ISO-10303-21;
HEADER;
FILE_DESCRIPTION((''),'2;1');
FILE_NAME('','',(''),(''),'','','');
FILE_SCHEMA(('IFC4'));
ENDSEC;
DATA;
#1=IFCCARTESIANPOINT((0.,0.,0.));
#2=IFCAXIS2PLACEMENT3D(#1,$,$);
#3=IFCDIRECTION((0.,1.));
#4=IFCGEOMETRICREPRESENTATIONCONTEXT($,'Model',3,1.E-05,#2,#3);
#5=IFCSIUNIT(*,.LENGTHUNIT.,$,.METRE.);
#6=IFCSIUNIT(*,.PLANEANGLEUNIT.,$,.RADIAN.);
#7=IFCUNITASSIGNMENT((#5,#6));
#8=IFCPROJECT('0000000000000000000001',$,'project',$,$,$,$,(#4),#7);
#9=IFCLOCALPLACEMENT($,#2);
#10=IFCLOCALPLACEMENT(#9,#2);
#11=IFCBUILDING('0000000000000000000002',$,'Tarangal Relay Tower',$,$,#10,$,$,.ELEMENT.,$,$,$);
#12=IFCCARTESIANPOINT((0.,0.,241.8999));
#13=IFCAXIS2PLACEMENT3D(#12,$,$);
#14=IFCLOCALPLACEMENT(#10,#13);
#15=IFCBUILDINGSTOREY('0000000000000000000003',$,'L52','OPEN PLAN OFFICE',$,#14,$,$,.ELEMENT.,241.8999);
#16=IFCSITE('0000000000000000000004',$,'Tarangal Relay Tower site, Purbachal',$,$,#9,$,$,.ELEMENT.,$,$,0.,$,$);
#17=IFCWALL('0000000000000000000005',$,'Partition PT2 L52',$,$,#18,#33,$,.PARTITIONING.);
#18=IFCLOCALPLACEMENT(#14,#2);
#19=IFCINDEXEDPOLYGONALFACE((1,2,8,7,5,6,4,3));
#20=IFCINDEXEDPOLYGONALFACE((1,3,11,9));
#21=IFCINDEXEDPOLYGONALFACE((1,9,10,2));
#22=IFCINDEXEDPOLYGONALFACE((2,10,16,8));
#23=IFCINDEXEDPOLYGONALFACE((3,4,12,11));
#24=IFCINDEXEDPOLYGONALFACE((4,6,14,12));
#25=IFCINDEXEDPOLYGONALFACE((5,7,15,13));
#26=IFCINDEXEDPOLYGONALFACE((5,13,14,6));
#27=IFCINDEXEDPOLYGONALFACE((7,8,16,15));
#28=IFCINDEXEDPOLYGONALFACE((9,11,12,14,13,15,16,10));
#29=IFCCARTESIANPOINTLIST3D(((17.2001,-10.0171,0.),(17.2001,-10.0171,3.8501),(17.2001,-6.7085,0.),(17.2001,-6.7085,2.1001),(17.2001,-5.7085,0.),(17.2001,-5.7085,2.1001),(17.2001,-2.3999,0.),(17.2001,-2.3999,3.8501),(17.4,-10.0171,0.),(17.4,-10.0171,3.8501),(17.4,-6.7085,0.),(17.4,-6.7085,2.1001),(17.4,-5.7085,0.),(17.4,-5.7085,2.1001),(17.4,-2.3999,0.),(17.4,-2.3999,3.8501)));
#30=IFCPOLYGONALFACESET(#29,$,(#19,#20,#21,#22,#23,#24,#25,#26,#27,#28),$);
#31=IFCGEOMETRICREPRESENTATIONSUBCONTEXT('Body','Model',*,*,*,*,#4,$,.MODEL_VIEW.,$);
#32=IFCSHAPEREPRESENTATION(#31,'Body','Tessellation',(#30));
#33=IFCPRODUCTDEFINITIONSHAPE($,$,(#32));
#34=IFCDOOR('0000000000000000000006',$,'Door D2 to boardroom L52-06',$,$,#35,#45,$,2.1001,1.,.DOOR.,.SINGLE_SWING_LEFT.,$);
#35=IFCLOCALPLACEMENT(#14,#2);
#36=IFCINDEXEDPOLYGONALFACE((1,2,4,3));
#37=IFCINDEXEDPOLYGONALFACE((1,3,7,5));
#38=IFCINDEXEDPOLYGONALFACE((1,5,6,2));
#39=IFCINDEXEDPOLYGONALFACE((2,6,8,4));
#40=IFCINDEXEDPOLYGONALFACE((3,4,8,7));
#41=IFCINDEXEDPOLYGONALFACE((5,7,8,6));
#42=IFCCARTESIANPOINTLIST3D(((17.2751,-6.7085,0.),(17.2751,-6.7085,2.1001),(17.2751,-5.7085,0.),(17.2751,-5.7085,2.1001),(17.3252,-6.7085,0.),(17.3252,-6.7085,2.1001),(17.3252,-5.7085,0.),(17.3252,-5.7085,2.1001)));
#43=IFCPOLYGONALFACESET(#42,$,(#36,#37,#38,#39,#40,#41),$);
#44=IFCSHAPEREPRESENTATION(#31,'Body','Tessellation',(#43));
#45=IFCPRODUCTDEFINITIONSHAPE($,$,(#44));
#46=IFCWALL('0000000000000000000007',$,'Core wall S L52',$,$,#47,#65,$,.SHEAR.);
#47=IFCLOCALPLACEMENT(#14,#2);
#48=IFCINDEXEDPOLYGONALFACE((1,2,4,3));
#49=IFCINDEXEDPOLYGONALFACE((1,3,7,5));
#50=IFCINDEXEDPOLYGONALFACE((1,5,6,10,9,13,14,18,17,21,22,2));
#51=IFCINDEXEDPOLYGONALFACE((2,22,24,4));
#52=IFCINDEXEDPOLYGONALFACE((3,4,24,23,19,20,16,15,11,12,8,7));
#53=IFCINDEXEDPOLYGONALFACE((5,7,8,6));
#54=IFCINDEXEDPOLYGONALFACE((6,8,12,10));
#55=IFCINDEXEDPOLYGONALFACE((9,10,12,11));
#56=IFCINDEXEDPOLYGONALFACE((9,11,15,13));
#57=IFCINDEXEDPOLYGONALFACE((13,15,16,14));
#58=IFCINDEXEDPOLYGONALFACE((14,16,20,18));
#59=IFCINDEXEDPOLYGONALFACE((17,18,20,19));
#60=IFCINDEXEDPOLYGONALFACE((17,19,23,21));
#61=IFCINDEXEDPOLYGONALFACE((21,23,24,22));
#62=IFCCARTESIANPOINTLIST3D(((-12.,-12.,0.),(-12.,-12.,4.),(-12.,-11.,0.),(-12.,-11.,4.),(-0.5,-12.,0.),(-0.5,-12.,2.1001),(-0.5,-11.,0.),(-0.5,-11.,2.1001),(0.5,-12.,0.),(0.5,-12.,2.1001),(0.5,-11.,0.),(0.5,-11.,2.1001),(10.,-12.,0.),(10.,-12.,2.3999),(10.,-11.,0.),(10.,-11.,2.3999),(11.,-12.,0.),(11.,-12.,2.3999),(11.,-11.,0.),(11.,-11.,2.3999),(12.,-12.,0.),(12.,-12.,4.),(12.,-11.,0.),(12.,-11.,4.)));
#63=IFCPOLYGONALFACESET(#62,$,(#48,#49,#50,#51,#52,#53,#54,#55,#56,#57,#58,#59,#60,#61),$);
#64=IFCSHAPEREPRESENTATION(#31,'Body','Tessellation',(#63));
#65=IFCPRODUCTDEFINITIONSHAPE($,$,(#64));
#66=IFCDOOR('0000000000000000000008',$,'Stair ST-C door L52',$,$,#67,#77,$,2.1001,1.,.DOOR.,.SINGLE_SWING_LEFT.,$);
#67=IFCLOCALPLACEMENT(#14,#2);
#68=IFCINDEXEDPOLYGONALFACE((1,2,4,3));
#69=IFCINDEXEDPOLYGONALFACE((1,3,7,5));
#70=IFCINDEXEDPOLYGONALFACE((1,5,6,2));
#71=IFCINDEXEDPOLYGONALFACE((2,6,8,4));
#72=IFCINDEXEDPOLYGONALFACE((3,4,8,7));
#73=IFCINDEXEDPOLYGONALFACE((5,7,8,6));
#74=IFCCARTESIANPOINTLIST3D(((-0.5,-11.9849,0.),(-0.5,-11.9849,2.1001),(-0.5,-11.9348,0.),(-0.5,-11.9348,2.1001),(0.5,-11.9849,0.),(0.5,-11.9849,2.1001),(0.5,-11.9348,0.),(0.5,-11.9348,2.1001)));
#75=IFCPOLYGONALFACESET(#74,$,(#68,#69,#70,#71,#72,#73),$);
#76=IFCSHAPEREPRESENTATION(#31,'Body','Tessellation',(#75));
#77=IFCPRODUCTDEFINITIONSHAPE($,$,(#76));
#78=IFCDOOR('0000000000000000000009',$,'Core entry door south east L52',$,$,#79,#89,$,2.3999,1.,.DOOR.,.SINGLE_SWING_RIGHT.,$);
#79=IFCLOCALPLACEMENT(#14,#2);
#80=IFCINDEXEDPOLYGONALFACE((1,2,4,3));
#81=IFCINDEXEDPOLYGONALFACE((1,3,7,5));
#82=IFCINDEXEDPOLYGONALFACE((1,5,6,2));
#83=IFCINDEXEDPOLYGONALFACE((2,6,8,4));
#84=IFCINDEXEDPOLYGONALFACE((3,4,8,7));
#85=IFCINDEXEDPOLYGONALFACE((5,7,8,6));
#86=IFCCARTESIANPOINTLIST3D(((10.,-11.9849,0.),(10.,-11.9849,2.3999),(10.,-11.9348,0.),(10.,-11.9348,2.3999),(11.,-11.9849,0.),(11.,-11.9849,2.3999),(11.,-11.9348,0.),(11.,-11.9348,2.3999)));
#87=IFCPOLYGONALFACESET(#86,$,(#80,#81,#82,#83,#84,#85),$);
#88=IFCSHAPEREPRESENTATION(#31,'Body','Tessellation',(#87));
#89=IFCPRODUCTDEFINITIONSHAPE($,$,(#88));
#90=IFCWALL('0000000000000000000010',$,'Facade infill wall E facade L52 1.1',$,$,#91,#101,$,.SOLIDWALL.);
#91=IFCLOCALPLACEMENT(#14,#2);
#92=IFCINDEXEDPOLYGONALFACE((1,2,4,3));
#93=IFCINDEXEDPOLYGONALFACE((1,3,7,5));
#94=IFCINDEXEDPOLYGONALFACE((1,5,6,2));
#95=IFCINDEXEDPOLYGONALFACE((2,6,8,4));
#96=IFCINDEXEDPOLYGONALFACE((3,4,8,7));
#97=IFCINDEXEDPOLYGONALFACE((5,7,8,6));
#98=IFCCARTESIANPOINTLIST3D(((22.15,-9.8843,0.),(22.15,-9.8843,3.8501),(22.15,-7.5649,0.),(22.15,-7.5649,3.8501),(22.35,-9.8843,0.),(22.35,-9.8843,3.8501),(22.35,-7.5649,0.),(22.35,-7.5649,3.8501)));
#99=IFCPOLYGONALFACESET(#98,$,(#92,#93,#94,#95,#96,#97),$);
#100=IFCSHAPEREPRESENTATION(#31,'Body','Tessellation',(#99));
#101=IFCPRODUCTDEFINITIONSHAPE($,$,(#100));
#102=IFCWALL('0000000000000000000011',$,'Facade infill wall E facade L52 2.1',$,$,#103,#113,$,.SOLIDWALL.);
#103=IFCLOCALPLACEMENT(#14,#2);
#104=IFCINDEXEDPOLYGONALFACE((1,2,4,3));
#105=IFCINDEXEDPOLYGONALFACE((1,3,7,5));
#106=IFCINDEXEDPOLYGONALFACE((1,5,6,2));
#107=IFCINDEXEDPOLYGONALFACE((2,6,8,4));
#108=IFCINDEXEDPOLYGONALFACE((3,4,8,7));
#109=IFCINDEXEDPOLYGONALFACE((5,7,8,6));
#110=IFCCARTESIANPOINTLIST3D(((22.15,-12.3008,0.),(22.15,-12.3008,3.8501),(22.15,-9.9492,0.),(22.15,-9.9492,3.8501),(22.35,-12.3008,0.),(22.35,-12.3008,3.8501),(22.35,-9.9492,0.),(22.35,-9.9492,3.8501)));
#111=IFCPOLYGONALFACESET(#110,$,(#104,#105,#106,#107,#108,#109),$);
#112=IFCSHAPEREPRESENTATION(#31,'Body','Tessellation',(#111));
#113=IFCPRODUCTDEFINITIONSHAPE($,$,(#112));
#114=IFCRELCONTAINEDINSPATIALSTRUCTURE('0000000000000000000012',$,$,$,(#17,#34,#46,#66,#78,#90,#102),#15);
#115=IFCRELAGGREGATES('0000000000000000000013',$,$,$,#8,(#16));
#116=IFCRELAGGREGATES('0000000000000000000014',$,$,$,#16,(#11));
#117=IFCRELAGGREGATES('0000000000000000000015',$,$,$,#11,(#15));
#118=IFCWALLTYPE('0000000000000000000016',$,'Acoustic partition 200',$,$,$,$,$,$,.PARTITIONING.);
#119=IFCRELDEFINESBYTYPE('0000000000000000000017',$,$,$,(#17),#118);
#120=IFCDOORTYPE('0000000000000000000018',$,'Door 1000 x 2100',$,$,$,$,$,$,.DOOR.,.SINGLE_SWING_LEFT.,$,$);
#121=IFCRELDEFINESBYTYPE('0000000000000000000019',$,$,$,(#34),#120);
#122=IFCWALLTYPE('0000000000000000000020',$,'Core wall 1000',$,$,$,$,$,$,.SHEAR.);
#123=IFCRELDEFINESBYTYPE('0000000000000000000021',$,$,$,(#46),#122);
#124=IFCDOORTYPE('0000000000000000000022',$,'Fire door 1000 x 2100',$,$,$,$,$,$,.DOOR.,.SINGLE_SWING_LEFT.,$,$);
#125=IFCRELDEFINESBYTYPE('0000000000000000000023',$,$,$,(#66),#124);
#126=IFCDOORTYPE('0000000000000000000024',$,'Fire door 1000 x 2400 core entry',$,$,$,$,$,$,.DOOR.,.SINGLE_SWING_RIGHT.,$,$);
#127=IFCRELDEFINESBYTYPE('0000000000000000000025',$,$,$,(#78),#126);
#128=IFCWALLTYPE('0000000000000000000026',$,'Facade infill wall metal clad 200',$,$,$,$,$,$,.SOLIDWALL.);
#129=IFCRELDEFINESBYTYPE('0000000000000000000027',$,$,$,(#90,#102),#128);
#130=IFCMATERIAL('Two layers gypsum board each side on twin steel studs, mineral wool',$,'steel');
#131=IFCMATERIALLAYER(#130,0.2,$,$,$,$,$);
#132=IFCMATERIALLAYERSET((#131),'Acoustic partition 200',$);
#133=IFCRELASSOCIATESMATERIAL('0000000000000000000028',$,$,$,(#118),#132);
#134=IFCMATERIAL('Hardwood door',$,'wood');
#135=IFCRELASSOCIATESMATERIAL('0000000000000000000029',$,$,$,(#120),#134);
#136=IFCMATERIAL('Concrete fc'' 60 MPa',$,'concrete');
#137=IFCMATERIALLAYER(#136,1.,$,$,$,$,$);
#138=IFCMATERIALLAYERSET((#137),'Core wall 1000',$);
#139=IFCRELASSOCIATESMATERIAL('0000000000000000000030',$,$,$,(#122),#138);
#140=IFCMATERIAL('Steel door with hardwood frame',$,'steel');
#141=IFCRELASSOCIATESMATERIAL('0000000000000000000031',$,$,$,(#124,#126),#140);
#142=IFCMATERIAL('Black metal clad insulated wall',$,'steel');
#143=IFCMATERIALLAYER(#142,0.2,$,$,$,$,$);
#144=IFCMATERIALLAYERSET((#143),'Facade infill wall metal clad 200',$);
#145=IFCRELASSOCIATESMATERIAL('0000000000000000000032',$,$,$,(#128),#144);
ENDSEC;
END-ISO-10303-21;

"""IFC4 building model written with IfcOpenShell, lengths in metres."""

from ifc_helpers import new_model, si_unit, direction, frame, frame_2d, origin, place, context, subcontext, project, spatial, rectangle, extrude, material, layer, layer_set, type_object, element, fill, save


model = new_model("IFC4")

# Units and contexts
model_context = context("Model", 3, precision=1e-05, world=origin(), true_north=direction((0.0, 1.0)))
body_context = subcontext(model_context, "Body", "Model", "MODEL_VIEW")
ifc_project = project(units=[si_unit("LENGTHUNIT", "METRE"), si_unit("PLANEANGLEUNIT", "RADIAN")], contexts=[model_context])

# Site, building, storey
site_placement = place(None, origin())
site = spatial("IfcSite", under=ifc_project, at=site_placement, Name="Tarangal Relay Tower site, Purbachal", CompositionType="ELEMENT", RefElevation=0.0)
building_placement = place(site_placement, origin())
building = spatial("IfcBuilding", under=site, at=building_placement, Name="Tarangal Relay Tower", CompositionType="ELEMENT")
storey_placement = place(building_placement, frame((0.0, 0.0, 241.8999)))
storey = spatial("IfcBuildingStorey", under=building, at=storey_placement, Name="L52", Description="OPEN PLAN OFFICE", CompositionType="ELEMENT", Elevation=241.8999)

# Shared definitions
ifc_material_1 = material(Name="Two layers gypsum board each side on twin steel studs, mineral wool", Category="steel")
ifc_layer_1 = layer(ifc_material_1, 0.2)
ifc_layer_set_1 = layer_set([ifc_layer_1], Name="Acoustic partition 200")
wall_type_1 = type_object("IfcWallType", Name="Acoustic partition 200", PredefinedType="PARTITIONING", material=ifc_layer_set_1)

# Wall, opening, door
wall_1_placement = place(storey_placement, frame((17.3, -10.0171, 0.0), z_axis=(0.0, 0.0, 1.0), x_axis=(0.0, 1.0, 0.0)))
wall_1 = element("IfcWall", 1, at=wall_1_placement, inside=storey, type_object=wall_type_1, Name="Partition PT2 L52", PredefinedType="PARTITIONING", context=body_context, shape_type="SweptSolid", body=[
    extrude(rectangle(XDim=7.6172, YDim=0.2, at=frame_2d((3.8086, 0.0))), origin(), (0.0, 0.0, 1.0), 3.8501),
])
opening_1_placement = place(wall_1_placement, frame((3.3086, 0.0, 0.0)))
opening_1 = element("IfcOpeningElement", 2, at=opening_1_placement, cuts=wall_1, PredefinedType="OPENING", context=body_context, shape_type="SweptSolid", body=[
    extrude(rectangle(XDim=1.0, YDim=2.1001, at=frame_2d((0.5, 1.05))), frame((0.0, 0.1099, 0.0), z_axis=(0.0, -1.0, 0.0), x_axis=(1.0, 0.0, 0.0)), (0.0, 0.0, 1.0), 0.22),
])
ifc_material_2 = material(Name="Hardwood door", Category="wood")
door_type_1 = type_object("IfcDoorType", Name="Door 1000 x 2100", OperationType="SINGLE_SWING_LEFT", PredefinedType="DOOR", material=ifc_material_2)
door_1_placement = place(opening_1_placement, origin())
door_1 = element("IfcDoor", 3, at=door_1_placement, inside=storey, type_object=door_type_1, Name="Door D2 to boardroom L52-06", OperationType="SINGLE_SWING_LEFT", OverallHeight=2.1001, OverallWidth=1.0, PredefinedType="DOOR", context=body_context, shape_type="SweptSolid", body=[
    extrude(rectangle(XDim=1.0, YDim=2.1001, at=frame_2d((0.5, 1.05))), frame((0.0, 0.0249, 0.0), z_axis=(0.0, -1.0, 0.0), x_axis=(1.0, 0.0, 0.0)), (0.0, 0.0, 1.0), 0.05),
])
fill(opening_1, door_1)

# Wall, openings, doors
ifc_material_3 = material(Name="Concrete fc' 60 MPa", Category="concrete")
ifc_layer_2 = layer(ifc_material_3, 1.0)
ifc_layer_set_2 = layer_set([ifc_layer_2], Name="Core wall 1000")
wall_type_2 = type_object("IfcWallType", Name="Core wall 1000", PredefinedType="SHEAR", material=ifc_layer_set_2)
wall_2_placement = place(storey_placement, frame((12.0, -11.5, 0.0), z_axis=(0.0, 0.0, 1.0), x_axis=(-1.0, 0.0, 0.0)))
wall_2 = element("IfcWall", 4, at=wall_2_placement, inside=storey, type_object=wall_type_2, Name="Core wall S L52", PredefinedType="SHEAR", context=body_context, shape_type="SweptSolid", body=[
    extrude(rectangle(XDim=24.0, YDim=1.0, at=frame_2d((12.0, 0.0))), origin(), (0.0, 0.0, 1.0), 4.0),
])
opening_2_placement = place(wall_2_placement, frame((11.5, 0.0, 0.0)))
opening_2 = element("IfcOpeningElement", 5, at=opening_2_placement, cuts=wall_2, PredefinedType="OPENING", context=body_context, shape_type="SweptSolid", body=[
    extrude(rectangle(XDim=1.0, YDim=2.1001, at=frame_2d((0.5, 1.05))), frame((0.0, 0.51, 0.0), z_axis=(0.0, -1.0, 0.0), x_axis=(1.0, 0.0, 0.0)), (0.0, 0.0, 1.0), 1.02),
])
opening_3_placement = place(wall_2_placement, frame((1.0, 0.0, 0.0)))
opening_3 = element("IfcOpeningElement", 6, at=opening_3_placement, cuts=wall_2, PredefinedType="OPENING", context=body_context, shape_type="SweptSolid", body=[
    extrude(rectangle(XDim=1.0, YDim=2.3999, at=frame_2d((0.5, 1.2))), frame((0.0, 0.51, 0.0), z_axis=(0.0, -1.0, 0.0), x_axis=(1.0, 0.0, 0.0)), (0.0, 0.0, 1.0), 1.02),
])
ifc_material_4 = material(Name="Steel door with hardwood frame", Category="steel")
door_type_2 = type_object("IfcDoorType", Name="Fire door 1000 x 2100", OperationType="SINGLE_SWING_LEFT", PredefinedType="DOOR", material=ifc_material_4)
door_2_placement = place(opening_2_placement, origin())
door_2 = element("IfcDoor", 7, at=door_2_placement, inside=storey, type_object=door_type_2, Name="Stair ST-C door L52", OperationType="SINGLE_SWING_LEFT", OverallHeight=2.1001, OverallWidth=1.0, PredefinedType="DOOR", context=body_context, shape_type="SweptSolid", body=[
    extrude(rectangle(XDim=1.0, YDim=2.1001, at=frame_2d((0.5, 1.05))), frame((0.0, 0.4849, 0.0), z_axis=(0.0, -1.0, 0.0), x_axis=(1.0, 0.0, 0.0)), (0.0, 0.0, 1.0), 0.05),
])
fill(opening_2, door_2)
door_type_3 = type_object("IfcDoorType", Name="Fire door 1000 x 2400 core entry", OperationType="SINGLE_SWING_RIGHT", PredefinedType="DOOR", material=ifc_material_4)
door_3_placement = place(opening_3_placement, origin())
door_3 = element("IfcDoor", 8, at=door_3_placement, inside=storey, type_object=door_type_3, Name="Core entry door south east L52", OperationType="SINGLE_SWING_RIGHT", OverallHeight=2.3999, OverallWidth=1.0, PredefinedType="DOOR", context=body_context, shape_type="SweptSolid", body=[
    extrude(rectangle(XDim=1.0, YDim=2.3999, at=frame_2d((0.5, 1.2))), frame((0.0, 0.4849, 0.0), z_axis=(0.0, -1.0, 0.0), x_axis=(1.0, 0.0, 0.0)), (0.0, 0.0, 1.0), 0.05),
])
fill(opening_3, door_3)

# Walls
ifc_material_5 = material(Name="Black metal clad insulated wall", Category="steel")
ifc_layer_3 = layer(ifc_material_5, 0.2)
ifc_layer_set_3 = layer_set([ifc_layer_3], Name="Facade infill wall metal clad 200")
wall_type_3 = type_object("IfcWallType", Name="Facade infill wall metal clad 200", PredefinedType="SOLIDWALL", material=ifc_layer_set_3)
wall_3_placement = place(storey_placement, frame((22.25, -7.5649, 0.0), z_axis=(0.0, 0.0, 1.0), x_axis=(0.0, -1.0, 0.0)))
element("IfcWall", 9, at=wall_3_placement, inside=storey, type_object=wall_type_3, Name="Facade infill wall E facade L52 1.1", PredefinedType="SOLIDWALL", context=body_context, shape_type="SweptSolid", body=[
    extrude(rectangle(XDim=2.3193, YDim=0.2, at=frame_2d((1.1597, 0.0))), origin(), (0.0, 0.0, 1.0), 3.8501),
])
wall_4_placement = place(storey_placement, frame((22.25, -9.9492, 0.0), z_axis=(0.0, 0.0, 1.0), x_axis=(0.0, -1.0, 0.0)))
element("IfcWall", 10, at=wall_4_placement, inside=storey, type_object=wall_type_3, Name="Facade infill wall E facade L52 2.1", PredefinedType="SOLIDWALL", context=body_context, shape_type="SweptSolid", body=[
    extrude(rectangle(XDim=2.3516, YDim=0.2, at=frame_2d((1.1758, 0.0))), origin(), (0.0, 0.0, 1.0), 3.8501),
])

save(model, "model.ifc")
